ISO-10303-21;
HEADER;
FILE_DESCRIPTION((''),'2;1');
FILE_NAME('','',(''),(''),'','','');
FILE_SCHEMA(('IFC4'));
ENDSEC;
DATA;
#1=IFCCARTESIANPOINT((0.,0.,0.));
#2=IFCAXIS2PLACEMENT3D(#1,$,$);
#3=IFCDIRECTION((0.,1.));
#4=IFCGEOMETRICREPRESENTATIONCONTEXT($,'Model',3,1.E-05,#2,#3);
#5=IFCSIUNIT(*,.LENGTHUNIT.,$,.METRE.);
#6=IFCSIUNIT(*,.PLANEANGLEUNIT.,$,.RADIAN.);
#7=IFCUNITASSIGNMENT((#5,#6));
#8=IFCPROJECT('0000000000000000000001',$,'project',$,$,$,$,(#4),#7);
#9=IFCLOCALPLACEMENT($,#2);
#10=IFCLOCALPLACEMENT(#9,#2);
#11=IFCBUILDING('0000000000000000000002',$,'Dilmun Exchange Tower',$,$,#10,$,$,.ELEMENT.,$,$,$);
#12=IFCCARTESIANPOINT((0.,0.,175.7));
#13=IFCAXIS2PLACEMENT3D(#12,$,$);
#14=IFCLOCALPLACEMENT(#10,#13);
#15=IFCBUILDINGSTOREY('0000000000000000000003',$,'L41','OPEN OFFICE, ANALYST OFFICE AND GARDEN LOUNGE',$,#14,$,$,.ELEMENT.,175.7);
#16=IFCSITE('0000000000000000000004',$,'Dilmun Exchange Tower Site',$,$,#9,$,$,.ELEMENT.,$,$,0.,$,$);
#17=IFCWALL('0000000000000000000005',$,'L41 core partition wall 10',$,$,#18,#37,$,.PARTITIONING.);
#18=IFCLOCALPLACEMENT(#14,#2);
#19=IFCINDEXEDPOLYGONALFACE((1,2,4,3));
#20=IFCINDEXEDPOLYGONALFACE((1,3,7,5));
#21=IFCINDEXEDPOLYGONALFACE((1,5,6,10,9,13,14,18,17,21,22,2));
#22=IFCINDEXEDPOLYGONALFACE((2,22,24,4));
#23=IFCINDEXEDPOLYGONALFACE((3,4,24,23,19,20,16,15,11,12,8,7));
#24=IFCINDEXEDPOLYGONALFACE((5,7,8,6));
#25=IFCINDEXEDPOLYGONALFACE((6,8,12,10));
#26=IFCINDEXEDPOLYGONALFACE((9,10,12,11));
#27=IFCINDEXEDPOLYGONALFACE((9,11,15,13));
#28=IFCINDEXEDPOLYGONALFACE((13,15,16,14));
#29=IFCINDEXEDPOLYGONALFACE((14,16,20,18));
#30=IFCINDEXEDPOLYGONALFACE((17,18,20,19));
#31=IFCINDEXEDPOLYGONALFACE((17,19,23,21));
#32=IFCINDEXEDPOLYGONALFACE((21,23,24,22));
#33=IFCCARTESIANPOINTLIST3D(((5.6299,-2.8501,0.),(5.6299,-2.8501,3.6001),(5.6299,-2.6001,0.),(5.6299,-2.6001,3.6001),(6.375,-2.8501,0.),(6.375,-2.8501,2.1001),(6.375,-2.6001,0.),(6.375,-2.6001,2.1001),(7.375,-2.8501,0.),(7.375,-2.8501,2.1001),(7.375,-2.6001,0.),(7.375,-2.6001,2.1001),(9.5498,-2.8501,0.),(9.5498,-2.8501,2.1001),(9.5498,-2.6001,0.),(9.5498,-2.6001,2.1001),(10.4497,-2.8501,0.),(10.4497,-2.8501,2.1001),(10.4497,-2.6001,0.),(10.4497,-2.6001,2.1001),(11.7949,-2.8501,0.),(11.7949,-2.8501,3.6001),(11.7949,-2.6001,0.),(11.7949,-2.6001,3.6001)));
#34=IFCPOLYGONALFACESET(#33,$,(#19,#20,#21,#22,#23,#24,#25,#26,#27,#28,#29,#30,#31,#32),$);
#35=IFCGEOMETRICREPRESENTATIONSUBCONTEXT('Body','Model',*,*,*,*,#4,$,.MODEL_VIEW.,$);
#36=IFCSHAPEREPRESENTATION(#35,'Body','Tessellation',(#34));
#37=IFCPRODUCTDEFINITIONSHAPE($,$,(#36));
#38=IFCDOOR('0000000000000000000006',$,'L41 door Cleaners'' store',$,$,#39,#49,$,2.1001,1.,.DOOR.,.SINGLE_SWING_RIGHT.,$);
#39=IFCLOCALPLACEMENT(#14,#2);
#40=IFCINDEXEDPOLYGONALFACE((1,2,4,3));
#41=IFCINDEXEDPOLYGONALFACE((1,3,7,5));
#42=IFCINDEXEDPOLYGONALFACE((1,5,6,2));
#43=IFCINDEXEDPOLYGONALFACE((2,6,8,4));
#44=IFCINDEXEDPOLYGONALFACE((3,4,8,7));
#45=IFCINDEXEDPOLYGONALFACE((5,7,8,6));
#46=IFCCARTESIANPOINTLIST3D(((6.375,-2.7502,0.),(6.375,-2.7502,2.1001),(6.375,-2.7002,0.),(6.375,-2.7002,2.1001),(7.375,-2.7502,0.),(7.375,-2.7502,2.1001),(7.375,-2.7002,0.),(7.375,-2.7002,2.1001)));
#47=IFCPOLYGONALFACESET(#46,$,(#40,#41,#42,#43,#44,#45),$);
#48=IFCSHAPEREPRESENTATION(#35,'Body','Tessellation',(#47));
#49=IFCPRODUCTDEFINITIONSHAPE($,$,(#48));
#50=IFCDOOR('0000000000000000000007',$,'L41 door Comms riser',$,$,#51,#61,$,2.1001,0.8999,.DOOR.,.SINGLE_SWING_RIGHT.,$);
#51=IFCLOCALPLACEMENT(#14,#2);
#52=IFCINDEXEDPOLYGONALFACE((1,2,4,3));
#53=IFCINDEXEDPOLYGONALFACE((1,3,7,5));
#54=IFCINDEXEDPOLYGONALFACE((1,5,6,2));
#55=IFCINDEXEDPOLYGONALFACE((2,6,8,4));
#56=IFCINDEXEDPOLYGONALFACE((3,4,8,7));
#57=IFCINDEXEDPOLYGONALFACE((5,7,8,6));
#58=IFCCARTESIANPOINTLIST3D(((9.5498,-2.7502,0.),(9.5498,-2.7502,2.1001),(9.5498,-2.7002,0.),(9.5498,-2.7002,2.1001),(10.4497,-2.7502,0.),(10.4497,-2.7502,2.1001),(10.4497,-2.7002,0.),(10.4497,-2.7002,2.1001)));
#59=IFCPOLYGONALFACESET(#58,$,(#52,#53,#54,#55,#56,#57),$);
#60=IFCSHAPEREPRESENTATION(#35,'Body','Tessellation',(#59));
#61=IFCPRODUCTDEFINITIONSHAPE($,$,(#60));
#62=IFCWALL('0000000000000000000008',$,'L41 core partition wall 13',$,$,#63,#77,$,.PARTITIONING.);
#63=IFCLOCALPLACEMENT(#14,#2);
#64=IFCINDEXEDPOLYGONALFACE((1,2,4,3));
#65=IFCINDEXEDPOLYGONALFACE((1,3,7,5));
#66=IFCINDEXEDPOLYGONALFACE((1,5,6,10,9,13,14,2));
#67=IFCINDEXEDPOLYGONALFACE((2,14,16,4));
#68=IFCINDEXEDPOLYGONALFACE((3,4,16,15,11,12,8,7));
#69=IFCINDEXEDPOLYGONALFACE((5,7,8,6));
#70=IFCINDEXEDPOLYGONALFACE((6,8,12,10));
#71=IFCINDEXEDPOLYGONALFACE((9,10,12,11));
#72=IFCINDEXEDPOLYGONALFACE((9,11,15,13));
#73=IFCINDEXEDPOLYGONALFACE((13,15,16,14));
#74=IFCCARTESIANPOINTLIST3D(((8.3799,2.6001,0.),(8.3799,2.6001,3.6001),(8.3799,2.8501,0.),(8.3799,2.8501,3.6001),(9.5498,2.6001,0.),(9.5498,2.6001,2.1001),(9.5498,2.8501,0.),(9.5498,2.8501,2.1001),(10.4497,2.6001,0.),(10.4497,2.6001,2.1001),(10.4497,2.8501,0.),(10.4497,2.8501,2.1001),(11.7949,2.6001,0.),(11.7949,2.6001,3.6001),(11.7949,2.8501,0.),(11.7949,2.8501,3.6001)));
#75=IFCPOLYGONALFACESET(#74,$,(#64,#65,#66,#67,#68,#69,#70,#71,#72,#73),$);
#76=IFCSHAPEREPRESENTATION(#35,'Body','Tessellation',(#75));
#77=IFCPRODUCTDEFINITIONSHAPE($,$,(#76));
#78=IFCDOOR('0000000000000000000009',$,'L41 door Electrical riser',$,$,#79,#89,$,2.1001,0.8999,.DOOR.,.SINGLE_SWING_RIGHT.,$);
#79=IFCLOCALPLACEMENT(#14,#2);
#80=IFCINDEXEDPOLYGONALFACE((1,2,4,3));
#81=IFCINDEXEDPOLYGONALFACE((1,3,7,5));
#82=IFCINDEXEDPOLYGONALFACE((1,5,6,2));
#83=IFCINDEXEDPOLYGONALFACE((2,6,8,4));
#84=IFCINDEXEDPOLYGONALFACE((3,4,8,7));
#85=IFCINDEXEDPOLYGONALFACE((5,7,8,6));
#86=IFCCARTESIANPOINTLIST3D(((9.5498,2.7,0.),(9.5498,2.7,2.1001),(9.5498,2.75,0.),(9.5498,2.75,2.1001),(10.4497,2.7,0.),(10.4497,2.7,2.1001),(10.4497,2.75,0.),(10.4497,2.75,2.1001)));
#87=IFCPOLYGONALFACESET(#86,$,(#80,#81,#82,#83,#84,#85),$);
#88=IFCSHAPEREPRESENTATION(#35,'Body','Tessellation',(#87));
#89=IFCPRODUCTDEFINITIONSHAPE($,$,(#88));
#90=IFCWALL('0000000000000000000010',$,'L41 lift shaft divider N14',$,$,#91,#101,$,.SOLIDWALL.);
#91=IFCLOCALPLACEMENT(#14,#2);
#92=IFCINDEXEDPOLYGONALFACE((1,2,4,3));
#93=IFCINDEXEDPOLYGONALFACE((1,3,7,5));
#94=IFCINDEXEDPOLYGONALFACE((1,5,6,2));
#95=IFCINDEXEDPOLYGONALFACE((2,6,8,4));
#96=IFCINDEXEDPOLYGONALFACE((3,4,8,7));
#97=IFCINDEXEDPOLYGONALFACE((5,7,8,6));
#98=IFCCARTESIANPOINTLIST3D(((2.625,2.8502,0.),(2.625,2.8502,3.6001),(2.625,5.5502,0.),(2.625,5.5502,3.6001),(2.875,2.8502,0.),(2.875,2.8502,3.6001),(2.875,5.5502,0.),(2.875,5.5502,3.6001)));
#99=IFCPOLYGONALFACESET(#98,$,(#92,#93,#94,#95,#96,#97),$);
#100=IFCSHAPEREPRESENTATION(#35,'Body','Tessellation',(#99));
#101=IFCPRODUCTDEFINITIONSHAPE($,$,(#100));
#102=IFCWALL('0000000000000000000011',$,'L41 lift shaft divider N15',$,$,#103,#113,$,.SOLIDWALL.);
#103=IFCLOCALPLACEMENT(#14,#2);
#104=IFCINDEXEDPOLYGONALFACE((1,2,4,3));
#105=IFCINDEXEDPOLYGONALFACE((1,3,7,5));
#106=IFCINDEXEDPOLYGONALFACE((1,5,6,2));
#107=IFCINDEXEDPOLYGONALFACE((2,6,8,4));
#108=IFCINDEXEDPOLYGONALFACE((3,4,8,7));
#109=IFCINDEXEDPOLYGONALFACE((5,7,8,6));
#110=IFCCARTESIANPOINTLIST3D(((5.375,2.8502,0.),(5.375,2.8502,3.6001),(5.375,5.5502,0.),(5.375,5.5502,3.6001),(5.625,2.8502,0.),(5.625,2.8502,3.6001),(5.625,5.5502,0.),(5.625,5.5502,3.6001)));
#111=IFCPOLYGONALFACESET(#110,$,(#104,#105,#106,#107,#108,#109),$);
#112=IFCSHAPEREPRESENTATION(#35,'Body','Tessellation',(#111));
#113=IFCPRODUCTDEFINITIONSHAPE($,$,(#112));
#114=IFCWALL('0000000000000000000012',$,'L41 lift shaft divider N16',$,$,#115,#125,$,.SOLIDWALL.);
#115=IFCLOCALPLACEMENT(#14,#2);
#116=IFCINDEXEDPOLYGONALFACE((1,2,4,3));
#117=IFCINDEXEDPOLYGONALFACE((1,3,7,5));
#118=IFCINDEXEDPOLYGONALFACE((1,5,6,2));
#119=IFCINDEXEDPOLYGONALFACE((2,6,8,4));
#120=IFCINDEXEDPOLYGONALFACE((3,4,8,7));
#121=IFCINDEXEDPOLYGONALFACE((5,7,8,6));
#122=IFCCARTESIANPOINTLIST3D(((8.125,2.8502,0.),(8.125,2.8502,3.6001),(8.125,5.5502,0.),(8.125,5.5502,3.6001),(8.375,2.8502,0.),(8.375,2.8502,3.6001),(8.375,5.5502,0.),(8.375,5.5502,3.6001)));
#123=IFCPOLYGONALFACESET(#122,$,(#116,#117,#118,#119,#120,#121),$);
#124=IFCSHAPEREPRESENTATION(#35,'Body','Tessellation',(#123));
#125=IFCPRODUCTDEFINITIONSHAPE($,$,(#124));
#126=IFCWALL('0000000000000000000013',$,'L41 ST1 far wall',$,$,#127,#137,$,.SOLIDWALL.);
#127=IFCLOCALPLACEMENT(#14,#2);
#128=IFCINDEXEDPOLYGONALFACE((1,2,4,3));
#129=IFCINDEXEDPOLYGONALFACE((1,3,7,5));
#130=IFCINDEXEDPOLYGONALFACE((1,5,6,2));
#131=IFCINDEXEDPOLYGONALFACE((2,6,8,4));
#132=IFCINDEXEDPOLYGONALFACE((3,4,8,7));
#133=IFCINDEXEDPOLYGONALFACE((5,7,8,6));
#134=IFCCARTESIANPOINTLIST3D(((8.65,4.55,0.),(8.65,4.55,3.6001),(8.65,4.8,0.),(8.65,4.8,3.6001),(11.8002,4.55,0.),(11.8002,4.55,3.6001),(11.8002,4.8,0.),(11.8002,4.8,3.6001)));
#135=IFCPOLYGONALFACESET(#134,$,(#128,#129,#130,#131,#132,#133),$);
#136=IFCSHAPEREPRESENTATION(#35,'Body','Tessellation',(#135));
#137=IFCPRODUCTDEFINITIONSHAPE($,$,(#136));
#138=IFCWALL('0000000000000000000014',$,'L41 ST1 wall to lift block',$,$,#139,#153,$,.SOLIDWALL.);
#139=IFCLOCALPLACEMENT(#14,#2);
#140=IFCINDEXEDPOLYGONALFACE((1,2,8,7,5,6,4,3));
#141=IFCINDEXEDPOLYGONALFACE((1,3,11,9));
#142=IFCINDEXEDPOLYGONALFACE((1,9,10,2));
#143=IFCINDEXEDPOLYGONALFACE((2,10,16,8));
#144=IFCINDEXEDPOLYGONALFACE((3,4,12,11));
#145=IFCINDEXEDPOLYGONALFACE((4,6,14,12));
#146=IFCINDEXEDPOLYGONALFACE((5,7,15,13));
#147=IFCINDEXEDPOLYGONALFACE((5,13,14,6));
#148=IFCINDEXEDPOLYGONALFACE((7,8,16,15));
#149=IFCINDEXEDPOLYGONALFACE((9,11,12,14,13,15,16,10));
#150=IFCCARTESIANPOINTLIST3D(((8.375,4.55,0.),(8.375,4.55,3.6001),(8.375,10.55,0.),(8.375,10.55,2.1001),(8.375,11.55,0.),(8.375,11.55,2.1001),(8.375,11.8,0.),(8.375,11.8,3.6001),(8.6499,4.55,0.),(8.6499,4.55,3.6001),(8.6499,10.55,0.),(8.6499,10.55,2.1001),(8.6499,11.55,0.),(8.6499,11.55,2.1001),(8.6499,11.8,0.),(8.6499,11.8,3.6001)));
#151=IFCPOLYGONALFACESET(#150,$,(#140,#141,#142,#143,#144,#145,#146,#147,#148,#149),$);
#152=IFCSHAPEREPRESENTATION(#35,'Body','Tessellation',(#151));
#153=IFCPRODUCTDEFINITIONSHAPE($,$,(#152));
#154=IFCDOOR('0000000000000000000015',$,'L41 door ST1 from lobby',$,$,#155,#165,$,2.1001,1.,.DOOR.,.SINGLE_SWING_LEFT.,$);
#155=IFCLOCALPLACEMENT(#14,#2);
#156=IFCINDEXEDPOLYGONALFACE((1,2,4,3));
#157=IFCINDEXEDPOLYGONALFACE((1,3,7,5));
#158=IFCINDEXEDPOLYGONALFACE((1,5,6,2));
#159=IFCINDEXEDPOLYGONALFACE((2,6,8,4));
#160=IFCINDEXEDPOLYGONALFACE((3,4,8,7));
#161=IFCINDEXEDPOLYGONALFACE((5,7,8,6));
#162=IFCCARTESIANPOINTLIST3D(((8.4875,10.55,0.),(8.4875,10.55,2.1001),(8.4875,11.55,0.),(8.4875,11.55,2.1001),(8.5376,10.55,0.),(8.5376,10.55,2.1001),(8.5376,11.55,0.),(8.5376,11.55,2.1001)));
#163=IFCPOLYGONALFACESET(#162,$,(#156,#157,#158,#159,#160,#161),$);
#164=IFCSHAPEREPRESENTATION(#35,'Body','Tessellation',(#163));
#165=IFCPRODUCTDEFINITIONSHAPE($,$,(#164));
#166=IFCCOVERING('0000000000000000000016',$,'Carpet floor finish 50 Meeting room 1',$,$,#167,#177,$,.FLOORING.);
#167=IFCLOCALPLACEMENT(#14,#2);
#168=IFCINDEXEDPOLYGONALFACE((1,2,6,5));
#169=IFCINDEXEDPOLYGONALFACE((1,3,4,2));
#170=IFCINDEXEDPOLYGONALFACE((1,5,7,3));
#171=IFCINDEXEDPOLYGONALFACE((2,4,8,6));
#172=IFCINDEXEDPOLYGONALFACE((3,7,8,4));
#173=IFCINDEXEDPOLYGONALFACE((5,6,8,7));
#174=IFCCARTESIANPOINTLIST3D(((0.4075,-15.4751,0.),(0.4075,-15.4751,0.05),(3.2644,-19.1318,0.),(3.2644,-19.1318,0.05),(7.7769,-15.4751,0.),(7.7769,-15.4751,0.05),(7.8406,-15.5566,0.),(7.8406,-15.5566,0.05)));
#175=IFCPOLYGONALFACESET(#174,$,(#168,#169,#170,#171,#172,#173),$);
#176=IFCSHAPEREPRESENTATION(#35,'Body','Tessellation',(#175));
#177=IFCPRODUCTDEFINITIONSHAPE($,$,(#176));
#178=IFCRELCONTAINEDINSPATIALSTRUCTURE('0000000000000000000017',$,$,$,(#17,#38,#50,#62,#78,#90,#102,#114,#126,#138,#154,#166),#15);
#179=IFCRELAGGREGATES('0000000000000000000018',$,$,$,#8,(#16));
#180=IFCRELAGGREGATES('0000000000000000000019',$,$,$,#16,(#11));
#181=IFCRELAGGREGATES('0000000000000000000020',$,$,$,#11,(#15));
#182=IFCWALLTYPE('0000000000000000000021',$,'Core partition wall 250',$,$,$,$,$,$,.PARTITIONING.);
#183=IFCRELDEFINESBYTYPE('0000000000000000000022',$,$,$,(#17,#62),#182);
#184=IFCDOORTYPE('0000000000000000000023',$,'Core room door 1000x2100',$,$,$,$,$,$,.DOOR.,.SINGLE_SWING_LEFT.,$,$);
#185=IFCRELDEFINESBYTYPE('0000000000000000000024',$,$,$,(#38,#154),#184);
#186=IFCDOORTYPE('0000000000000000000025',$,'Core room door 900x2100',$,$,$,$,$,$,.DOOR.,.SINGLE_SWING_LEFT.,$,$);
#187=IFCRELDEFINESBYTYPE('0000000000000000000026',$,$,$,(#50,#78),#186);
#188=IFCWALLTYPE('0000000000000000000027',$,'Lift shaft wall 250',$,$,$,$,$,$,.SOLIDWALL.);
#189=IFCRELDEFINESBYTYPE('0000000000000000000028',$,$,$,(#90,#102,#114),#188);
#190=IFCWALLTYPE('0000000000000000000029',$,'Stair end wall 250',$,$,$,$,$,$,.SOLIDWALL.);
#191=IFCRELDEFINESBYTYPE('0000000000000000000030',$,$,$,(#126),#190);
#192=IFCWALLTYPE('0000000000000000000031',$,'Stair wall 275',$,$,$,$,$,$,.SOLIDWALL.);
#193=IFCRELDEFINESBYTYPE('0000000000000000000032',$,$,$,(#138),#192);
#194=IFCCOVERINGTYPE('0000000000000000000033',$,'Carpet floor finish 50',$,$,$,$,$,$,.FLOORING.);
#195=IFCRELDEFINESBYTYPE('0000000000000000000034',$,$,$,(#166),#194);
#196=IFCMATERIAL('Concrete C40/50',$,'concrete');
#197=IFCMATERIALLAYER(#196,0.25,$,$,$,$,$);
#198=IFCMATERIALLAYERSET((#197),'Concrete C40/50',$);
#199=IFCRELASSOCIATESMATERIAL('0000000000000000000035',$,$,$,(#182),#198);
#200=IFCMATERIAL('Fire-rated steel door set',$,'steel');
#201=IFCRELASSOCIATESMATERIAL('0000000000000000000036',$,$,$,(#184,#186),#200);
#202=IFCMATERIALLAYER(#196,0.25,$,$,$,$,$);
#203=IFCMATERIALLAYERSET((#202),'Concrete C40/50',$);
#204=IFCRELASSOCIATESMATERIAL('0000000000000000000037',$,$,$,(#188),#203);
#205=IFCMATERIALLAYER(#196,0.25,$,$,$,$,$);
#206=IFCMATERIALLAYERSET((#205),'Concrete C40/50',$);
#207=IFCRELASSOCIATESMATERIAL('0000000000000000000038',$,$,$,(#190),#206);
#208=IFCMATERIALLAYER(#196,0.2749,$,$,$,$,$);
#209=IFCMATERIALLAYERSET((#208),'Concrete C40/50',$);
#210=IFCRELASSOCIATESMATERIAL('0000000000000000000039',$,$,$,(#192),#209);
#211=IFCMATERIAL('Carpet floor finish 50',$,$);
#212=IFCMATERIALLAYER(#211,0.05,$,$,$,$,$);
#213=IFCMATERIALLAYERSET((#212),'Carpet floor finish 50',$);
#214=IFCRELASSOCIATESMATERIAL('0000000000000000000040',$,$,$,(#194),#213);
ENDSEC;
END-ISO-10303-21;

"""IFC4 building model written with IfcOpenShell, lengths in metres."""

from ifc_helpers import new_model, si_unit, direction, frame, frame_2d, origin, place, context, subcontext, project, spatial, polyline, rectangle, outline, extrude, material, layer, layer_set, type_object, element, fill, save


model = new_model("IFC4")

# Units and contexts
model_context = context("Model", 3, precision=1e-05, world=origin(), true_north=direction((0.0, 1.0)))
body_context = subcontext(model_context, "Body", "Model", "MODEL_VIEW")
ifc_project = project(units=[si_unit("LENGTHUNIT", "METRE"), si_unit("PLANEANGLEUNIT", "RADIAN")], contexts=[model_context])

# Site, building, storey
site_placement = place(None, origin())
site = spatial("IfcSite", under=ifc_project, at=site_placement, Name="Dilmun Exchange Tower Site", CompositionType="ELEMENT", RefElevation=0.0)
building_placement = place(site_placement, origin())
building = spatial("IfcBuilding", under=site, at=building_placement, Name="Dilmun Exchange Tower", CompositionType="ELEMENT")
storey_placement = place(building_placement, frame((0.0, 0.0, 175.7)))
storey = spatial("IfcBuildingStorey", under=building, at=storey_placement, Name="L41", Description="OPEN OFFICE, ANALYST OFFICE AND GARDEN LOUNGE", CompositionType="ELEMENT", Elevation=175.7)

# Shared definitions
ifc_material_1 = material(Name="Concrete C40/50", Category="concrete")
ifc_material_2 = material(Name="Fire-rated steel door set", Category="steel")

# Wall, openings, doors
ifc_layer_1 = layer(ifc_material_1, 0.25)
ifc_layer_set_1 = layer_set([ifc_layer_1], Name="Concrete C40/50")
wall_type_1 = type_object("IfcWallType", Name="Core partition wall 250", PredefinedType="PARTITIONING", material=ifc_layer_set_1)
wall_1_placement = place(storey_placement, frame((5.6299, -2.7251, 0.0), z_axis=(0.0, 0.0, 1.0), x_axis=(1.0, 0.0, 0.0)))
wall_1 = element("IfcWall", 1, at=wall_1_placement, inside=storey, type_object=wall_type_1, Name="L41 core partition wall 10", PredefinedType="PARTITIONING", context=body_context, shape_type="SweptSolid", body=[
    extrude(rectangle(XDim=6.165, YDim=0.25, at=frame_2d((3.0825, 0.0))), origin(), (0.0, 0.0, 1.0), 3.6001),
])
opening_1_placement = place(wall_1_placement, frame((0.7451, 0.0, 0.0)))
opening_1 = element("IfcOpeningElement", 2, at=opening_1_placement, cuts=wall_1, PredefinedType="OPENING", context=body_context, shape_type="SweptSolid", body=[
    extrude(rectangle(XDim=1.0, YDim=2.1001, at=frame_2d((0.5, 1.05))), frame((0.0, 0.135, 0.0), z_axis=(0.0, -1.0, 0.0), x_axis=(1.0, 0.0, 0.0)), (0.0, 0.0, 1.0), 0.27),
])
opening_2_placement = place(wall_1_placement, frame((3.9199, 0.0, 0.0)))
opening_2 = element("IfcOpeningElement", 3, at=opening_2_placement, cuts=wall_1, PredefinedType="OPENING", context=body_context, shape_type="SweptSolid", body=[
    extrude(rectangle(XDim=0.8999, YDim=2.1001, at=frame_2d((0.45, 1.05))), frame((0.0, 0.135, 0.0), z_axis=(0.0, -1.0, 0.0), x_axis=(1.0, 0.0, 0.0)), (0.0, 0.0, 1.0), 0.27),
])
door_type_1 = type_object("IfcDoorType", Name="Core room door 1000x2100", OperationType="SINGLE_SWING_LEFT", PredefinedType="DOOR", material=ifc_material_2)
door_1_placement = place(opening_1_placement, origin())
door_1 = element("IfcDoor", 4, at=door_1_placement, inside=storey, type_object=door_type_1, Name="L41 door Cleaners' store", OperationType="SINGLE_SWING_RIGHT", OverallHeight=2.1001, OverallWidth=1.0, PredefinedType="DOOR", context=body_context, shape_type="SweptSolid", body=[
    extrude(rectangle(XDim=1.0, YDim=2.1001, at=frame_2d((0.5, 1.05))), frame((0.0, 0.0249, 0.0), z_axis=(0.0, -1.0, 0.0), x_axis=(1.0, 0.0, 0.0)), (0.0, 0.0, 1.0), 0.05),
])
fill(opening_1, door_1)
door_type_2 = type_object("IfcDoorType", Name="Core room door 900x2100", OperationType="SINGLE_SWING_LEFT", PredefinedType="DOOR", material=ifc_material_2)
door_2_placement = place(opening_2_placement, origin())
door_2 = element("IfcDoor", 5, at=door_2_placement, inside=storey, type_object=door_type_2, Name="L41 door Comms riser", OperationType="SINGLE_SWING_RIGHT", OverallHeight=2.1001, OverallWidth=0.8999, PredefinedType="DOOR", context=body_context, shape_type="SweptSolid", body=[
    extrude(rectangle(XDim=0.8999, YDim=2.1001, at=frame_2d((0.45, 1.05))), frame((0.0, 0.0249, 0.0), z_axis=(0.0, -1.0, 0.0), x_axis=(1.0, 0.0, 0.0)), (0.0, 0.0, 1.0), 0.05),
])
fill(opening_2, door_2)

# Wall, opening, door
wall_2_placement = place(storey_placement, frame((8.3799, 2.7251, 0.0), z_axis=(0.0, 0.0, 1.0), x_axis=(1.0, 0.0, 0.0)))
wall_2 = element("IfcWall", 6, at=wall_2_placement, inside=storey, type_object=wall_type_1, Name="L41 core partition wall 13", PredefinedType="PARTITIONING", context=body_context, shape_type="SweptSolid", body=[
    extrude(rectangle(XDim=3.415, YDim=0.25, at=frame_2d((1.7075, 0.0))), origin(), (0.0, 0.0, 1.0), 3.6001),
])
opening_3_placement = place(wall_2_placement, frame((1.1699, 0.0, 0.0)))
opening_3 = element("IfcOpeningElement", 7, at=opening_3_placement, cuts=wall_2, PredefinedType="OPENING", context=body_context, shape_type="SweptSolid", body=[
    extrude(rectangle(XDim=0.8999, YDim=2.1001, at=frame_2d((0.45, 1.05))), frame((0.0, 0.135, 0.0), z_axis=(0.0, -1.0, 0.0), x_axis=(1.0, 0.0, 0.0)), (0.0, 0.0, 1.0), 0.27),
])
door_3_placement = place(opening_3_placement, origin())
door_3 = element("IfcDoor", 8, at=door_3_placement, inside=storey, type_object=door_type_2, Name="L41 door Electrical riser", OperationType="SINGLE_SWING_RIGHT", OverallHeight=2.1001, OverallWidth=0.8999, PredefinedType="DOOR", context=body_context, shape_type="SweptSolid", body=[
    extrude(rectangle(XDim=0.8999, YDim=2.1001, at=frame_2d((0.45, 1.05))), frame((0.0, 0.0249, 0.0), z_axis=(0.0, -1.0, 0.0), x_axis=(1.0, 0.0, 0.0)), (0.0, 0.0, 1.0), 0.05),
])
fill(opening_3, door_3)

# Walls
ifc_layer_2 = layer(ifc_material_1, 0.25)
ifc_layer_set_2 = layer_set([ifc_layer_2], Name="Concrete C40/50")
wall_type_2 = type_object("IfcWallType", Name="Lift shaft wall 250", PredefinedType="SOLIDWALL", material=ifc_layer_set_2)
for number, where, z_axis, x_axis, name in (
    (9, (2.75, 2.8501, 0.0), (0.0, 0.0, 1.0), (0.0, 1.0, 0.0), "L41 lift shaft divider N14"),
    (10, (5.5, 2.8501, 0.0), (0.0, 0.0, 1.0), (0.0, 1.0, 0.0), "L41 lift shaft divider N15"),
    (11, (8.25, 2.8501, 0.0), (0.0, 0.0, 1.0), (0.0, 1.0, 0.0), "L41 lift shaft divider N16"),
):
    element("IfcWall", number, at=place(storey_placement, frame(where, z_axis=z_axis, x_axis=x_axis)), inside=storey, type_object=wall_type_2, Name=name, PredefinedType="SOLIDWALL", context=body_context, shape_type="SweptSolid", body=[
        extrude(rectangle(XDim=2.7, YDim=0.25, at=frame_2d((1.3501, 0.0))), origin(), (0.0, 0.0, 1.0), 3.6001),
    ])
ifc_layer_3 = layer(ifc_material_1, 0.25)
ifc_layer_set_3 = layer_set([ifc_layer_3], Name="Concrete C40/50")
wall_type_3 = type_object("IfcWallType", Name="Stair end wall 250", PredefinedType="SOLIDWALL", material=ifc_layer_set_3)
wall_3_placement = place(storey_placement, frame((8.6499, 4.675, 0.0), z_axis=(0.0, 0.0, 1.0), x_axis=(1.0, 0.0, 0.0)))
element("IfcWall", 12, at=wall_3_placement, inside=storey, type_object=wall_type_3, Name="L41 ST1 far wall", PredefinedType="SOLIDWALL", context=body_context, shape_type="SweptSolid", body=[
    extrude(rectangle(XDim=3.1501, YDim=0.25, at=frame_2d((1.5752, 0.0))), origin(), (0.0, 0.0, 1.0), 3.6001),
])

# Wall, opening, door
ifc_layer_4 = layer(ifc_material_1, 0.2749)
ifc_layer_set_4 = layer_set([ifc_layer_4], Name="Concrete C40/50")
wall_type_4 = type_object("IfcWallType", Name="Stair wall 275", PredefinedType="SOLIDWALL", material=ifc_layer_set_4)
wall_4_placement = place(storey_placement, frame((8.5125, 4.55, 0.0), z_axis=(0.0, 0.0, 1.0), x_axis=(0.0, 1.0, 0.0)))
wall_4 = element("IfcWall", 13, at=wall_4_placement, inside=storey, type_object=wall_type_4, Name="L41 ST1 wall to lift block", PredefinedType="SOLIDWALL", context=body_context, shape_type="SweptSolid", body=[
    extrude(rectangle(XDim=7.25, YDim=0.2749, at=frame_2d((3.625, 0.0))), origin(), (0.0, 0.0, 1.0), 3.6001),
])
opening_4_placement = place(wall_4_placement, frame((6.0, 0.0, 0.0)))
opening_4 = element("IfcOpeningElement", 14, at=opening_4_placement, cuts=wall_4, PredefinedType="OPENING", context=body_context, shape_type="SweptSolid", body=[
    extrude(rectangle(XDim=1.0, YDim=2.1001, at=frame_2d((0.5, 1.05))), frame((0.0, 0.1475, 0.0), z_axis=(0.0, -1.0, 0.0), x_axis=(1.0, 0.0, 0.0)), (0.0, 0.0, 1.0), 0.2949),
])
door_4_placement = place(opening_4_placement, origin())
door_4 = element("IfcDoor", 15, at=door_4_placement, inside=storey, type_object=door_type_1, Name="L41 door ST1 from lobby", OperationType="SINGLE_SWING_LEFT", OverallHeight=2.1001, OverallWidth=1.0, PredefinedType="DOOR", context=body_context, shape_type="SweptSolid", body=[
    extrude(rectangle(XDim=1.0, YDim=2.1001, at=frame_2d((0.5, 1.05))), frame((0.0, 0.0249, 0.0), z_axis=(0.0, -1.0, 0.0), x_axis=(1.0, 0.0, 0.0)), (0.0, 0.0, 1.0), 0.05),
])
fill(opening_4, door_4)

# Covering
ifc_material_3 = material(Name="Carpet floor finish 50")
ifc_layer_5 = layer(ifc_material_3, 0.05)
ifc_layer_set_5 = layer_set([ifc_layer_5], Name="Carpet floor finish 50")
covering_type_1 = type_object("IfcCoveringType", Name="Carpet floor finish 50", PredefinedType="FLOORING", material=ifc_layer_set_5)
covering_1_placement = place(storey_placement, origin())
element("IfcCovering", 16, at=covering_1_placement, inside=storey, type_object=covering_type_1, Name="Carpet floor finish 50 Meeting room 1", PredefinedType="FLOORING", context=body_context, shape_type="SweptSolid", body=[
    extrude(outline(polyline([(7.8406, -15.5566), (3.2644, -19.1318), (0.4075, -15.4751), (7.7769, -15.4751), (7.8406, -15.5566)])), origin(), (0.0, 0.0, 1.0), 0.05),
])

save(model, "model.ifc")
